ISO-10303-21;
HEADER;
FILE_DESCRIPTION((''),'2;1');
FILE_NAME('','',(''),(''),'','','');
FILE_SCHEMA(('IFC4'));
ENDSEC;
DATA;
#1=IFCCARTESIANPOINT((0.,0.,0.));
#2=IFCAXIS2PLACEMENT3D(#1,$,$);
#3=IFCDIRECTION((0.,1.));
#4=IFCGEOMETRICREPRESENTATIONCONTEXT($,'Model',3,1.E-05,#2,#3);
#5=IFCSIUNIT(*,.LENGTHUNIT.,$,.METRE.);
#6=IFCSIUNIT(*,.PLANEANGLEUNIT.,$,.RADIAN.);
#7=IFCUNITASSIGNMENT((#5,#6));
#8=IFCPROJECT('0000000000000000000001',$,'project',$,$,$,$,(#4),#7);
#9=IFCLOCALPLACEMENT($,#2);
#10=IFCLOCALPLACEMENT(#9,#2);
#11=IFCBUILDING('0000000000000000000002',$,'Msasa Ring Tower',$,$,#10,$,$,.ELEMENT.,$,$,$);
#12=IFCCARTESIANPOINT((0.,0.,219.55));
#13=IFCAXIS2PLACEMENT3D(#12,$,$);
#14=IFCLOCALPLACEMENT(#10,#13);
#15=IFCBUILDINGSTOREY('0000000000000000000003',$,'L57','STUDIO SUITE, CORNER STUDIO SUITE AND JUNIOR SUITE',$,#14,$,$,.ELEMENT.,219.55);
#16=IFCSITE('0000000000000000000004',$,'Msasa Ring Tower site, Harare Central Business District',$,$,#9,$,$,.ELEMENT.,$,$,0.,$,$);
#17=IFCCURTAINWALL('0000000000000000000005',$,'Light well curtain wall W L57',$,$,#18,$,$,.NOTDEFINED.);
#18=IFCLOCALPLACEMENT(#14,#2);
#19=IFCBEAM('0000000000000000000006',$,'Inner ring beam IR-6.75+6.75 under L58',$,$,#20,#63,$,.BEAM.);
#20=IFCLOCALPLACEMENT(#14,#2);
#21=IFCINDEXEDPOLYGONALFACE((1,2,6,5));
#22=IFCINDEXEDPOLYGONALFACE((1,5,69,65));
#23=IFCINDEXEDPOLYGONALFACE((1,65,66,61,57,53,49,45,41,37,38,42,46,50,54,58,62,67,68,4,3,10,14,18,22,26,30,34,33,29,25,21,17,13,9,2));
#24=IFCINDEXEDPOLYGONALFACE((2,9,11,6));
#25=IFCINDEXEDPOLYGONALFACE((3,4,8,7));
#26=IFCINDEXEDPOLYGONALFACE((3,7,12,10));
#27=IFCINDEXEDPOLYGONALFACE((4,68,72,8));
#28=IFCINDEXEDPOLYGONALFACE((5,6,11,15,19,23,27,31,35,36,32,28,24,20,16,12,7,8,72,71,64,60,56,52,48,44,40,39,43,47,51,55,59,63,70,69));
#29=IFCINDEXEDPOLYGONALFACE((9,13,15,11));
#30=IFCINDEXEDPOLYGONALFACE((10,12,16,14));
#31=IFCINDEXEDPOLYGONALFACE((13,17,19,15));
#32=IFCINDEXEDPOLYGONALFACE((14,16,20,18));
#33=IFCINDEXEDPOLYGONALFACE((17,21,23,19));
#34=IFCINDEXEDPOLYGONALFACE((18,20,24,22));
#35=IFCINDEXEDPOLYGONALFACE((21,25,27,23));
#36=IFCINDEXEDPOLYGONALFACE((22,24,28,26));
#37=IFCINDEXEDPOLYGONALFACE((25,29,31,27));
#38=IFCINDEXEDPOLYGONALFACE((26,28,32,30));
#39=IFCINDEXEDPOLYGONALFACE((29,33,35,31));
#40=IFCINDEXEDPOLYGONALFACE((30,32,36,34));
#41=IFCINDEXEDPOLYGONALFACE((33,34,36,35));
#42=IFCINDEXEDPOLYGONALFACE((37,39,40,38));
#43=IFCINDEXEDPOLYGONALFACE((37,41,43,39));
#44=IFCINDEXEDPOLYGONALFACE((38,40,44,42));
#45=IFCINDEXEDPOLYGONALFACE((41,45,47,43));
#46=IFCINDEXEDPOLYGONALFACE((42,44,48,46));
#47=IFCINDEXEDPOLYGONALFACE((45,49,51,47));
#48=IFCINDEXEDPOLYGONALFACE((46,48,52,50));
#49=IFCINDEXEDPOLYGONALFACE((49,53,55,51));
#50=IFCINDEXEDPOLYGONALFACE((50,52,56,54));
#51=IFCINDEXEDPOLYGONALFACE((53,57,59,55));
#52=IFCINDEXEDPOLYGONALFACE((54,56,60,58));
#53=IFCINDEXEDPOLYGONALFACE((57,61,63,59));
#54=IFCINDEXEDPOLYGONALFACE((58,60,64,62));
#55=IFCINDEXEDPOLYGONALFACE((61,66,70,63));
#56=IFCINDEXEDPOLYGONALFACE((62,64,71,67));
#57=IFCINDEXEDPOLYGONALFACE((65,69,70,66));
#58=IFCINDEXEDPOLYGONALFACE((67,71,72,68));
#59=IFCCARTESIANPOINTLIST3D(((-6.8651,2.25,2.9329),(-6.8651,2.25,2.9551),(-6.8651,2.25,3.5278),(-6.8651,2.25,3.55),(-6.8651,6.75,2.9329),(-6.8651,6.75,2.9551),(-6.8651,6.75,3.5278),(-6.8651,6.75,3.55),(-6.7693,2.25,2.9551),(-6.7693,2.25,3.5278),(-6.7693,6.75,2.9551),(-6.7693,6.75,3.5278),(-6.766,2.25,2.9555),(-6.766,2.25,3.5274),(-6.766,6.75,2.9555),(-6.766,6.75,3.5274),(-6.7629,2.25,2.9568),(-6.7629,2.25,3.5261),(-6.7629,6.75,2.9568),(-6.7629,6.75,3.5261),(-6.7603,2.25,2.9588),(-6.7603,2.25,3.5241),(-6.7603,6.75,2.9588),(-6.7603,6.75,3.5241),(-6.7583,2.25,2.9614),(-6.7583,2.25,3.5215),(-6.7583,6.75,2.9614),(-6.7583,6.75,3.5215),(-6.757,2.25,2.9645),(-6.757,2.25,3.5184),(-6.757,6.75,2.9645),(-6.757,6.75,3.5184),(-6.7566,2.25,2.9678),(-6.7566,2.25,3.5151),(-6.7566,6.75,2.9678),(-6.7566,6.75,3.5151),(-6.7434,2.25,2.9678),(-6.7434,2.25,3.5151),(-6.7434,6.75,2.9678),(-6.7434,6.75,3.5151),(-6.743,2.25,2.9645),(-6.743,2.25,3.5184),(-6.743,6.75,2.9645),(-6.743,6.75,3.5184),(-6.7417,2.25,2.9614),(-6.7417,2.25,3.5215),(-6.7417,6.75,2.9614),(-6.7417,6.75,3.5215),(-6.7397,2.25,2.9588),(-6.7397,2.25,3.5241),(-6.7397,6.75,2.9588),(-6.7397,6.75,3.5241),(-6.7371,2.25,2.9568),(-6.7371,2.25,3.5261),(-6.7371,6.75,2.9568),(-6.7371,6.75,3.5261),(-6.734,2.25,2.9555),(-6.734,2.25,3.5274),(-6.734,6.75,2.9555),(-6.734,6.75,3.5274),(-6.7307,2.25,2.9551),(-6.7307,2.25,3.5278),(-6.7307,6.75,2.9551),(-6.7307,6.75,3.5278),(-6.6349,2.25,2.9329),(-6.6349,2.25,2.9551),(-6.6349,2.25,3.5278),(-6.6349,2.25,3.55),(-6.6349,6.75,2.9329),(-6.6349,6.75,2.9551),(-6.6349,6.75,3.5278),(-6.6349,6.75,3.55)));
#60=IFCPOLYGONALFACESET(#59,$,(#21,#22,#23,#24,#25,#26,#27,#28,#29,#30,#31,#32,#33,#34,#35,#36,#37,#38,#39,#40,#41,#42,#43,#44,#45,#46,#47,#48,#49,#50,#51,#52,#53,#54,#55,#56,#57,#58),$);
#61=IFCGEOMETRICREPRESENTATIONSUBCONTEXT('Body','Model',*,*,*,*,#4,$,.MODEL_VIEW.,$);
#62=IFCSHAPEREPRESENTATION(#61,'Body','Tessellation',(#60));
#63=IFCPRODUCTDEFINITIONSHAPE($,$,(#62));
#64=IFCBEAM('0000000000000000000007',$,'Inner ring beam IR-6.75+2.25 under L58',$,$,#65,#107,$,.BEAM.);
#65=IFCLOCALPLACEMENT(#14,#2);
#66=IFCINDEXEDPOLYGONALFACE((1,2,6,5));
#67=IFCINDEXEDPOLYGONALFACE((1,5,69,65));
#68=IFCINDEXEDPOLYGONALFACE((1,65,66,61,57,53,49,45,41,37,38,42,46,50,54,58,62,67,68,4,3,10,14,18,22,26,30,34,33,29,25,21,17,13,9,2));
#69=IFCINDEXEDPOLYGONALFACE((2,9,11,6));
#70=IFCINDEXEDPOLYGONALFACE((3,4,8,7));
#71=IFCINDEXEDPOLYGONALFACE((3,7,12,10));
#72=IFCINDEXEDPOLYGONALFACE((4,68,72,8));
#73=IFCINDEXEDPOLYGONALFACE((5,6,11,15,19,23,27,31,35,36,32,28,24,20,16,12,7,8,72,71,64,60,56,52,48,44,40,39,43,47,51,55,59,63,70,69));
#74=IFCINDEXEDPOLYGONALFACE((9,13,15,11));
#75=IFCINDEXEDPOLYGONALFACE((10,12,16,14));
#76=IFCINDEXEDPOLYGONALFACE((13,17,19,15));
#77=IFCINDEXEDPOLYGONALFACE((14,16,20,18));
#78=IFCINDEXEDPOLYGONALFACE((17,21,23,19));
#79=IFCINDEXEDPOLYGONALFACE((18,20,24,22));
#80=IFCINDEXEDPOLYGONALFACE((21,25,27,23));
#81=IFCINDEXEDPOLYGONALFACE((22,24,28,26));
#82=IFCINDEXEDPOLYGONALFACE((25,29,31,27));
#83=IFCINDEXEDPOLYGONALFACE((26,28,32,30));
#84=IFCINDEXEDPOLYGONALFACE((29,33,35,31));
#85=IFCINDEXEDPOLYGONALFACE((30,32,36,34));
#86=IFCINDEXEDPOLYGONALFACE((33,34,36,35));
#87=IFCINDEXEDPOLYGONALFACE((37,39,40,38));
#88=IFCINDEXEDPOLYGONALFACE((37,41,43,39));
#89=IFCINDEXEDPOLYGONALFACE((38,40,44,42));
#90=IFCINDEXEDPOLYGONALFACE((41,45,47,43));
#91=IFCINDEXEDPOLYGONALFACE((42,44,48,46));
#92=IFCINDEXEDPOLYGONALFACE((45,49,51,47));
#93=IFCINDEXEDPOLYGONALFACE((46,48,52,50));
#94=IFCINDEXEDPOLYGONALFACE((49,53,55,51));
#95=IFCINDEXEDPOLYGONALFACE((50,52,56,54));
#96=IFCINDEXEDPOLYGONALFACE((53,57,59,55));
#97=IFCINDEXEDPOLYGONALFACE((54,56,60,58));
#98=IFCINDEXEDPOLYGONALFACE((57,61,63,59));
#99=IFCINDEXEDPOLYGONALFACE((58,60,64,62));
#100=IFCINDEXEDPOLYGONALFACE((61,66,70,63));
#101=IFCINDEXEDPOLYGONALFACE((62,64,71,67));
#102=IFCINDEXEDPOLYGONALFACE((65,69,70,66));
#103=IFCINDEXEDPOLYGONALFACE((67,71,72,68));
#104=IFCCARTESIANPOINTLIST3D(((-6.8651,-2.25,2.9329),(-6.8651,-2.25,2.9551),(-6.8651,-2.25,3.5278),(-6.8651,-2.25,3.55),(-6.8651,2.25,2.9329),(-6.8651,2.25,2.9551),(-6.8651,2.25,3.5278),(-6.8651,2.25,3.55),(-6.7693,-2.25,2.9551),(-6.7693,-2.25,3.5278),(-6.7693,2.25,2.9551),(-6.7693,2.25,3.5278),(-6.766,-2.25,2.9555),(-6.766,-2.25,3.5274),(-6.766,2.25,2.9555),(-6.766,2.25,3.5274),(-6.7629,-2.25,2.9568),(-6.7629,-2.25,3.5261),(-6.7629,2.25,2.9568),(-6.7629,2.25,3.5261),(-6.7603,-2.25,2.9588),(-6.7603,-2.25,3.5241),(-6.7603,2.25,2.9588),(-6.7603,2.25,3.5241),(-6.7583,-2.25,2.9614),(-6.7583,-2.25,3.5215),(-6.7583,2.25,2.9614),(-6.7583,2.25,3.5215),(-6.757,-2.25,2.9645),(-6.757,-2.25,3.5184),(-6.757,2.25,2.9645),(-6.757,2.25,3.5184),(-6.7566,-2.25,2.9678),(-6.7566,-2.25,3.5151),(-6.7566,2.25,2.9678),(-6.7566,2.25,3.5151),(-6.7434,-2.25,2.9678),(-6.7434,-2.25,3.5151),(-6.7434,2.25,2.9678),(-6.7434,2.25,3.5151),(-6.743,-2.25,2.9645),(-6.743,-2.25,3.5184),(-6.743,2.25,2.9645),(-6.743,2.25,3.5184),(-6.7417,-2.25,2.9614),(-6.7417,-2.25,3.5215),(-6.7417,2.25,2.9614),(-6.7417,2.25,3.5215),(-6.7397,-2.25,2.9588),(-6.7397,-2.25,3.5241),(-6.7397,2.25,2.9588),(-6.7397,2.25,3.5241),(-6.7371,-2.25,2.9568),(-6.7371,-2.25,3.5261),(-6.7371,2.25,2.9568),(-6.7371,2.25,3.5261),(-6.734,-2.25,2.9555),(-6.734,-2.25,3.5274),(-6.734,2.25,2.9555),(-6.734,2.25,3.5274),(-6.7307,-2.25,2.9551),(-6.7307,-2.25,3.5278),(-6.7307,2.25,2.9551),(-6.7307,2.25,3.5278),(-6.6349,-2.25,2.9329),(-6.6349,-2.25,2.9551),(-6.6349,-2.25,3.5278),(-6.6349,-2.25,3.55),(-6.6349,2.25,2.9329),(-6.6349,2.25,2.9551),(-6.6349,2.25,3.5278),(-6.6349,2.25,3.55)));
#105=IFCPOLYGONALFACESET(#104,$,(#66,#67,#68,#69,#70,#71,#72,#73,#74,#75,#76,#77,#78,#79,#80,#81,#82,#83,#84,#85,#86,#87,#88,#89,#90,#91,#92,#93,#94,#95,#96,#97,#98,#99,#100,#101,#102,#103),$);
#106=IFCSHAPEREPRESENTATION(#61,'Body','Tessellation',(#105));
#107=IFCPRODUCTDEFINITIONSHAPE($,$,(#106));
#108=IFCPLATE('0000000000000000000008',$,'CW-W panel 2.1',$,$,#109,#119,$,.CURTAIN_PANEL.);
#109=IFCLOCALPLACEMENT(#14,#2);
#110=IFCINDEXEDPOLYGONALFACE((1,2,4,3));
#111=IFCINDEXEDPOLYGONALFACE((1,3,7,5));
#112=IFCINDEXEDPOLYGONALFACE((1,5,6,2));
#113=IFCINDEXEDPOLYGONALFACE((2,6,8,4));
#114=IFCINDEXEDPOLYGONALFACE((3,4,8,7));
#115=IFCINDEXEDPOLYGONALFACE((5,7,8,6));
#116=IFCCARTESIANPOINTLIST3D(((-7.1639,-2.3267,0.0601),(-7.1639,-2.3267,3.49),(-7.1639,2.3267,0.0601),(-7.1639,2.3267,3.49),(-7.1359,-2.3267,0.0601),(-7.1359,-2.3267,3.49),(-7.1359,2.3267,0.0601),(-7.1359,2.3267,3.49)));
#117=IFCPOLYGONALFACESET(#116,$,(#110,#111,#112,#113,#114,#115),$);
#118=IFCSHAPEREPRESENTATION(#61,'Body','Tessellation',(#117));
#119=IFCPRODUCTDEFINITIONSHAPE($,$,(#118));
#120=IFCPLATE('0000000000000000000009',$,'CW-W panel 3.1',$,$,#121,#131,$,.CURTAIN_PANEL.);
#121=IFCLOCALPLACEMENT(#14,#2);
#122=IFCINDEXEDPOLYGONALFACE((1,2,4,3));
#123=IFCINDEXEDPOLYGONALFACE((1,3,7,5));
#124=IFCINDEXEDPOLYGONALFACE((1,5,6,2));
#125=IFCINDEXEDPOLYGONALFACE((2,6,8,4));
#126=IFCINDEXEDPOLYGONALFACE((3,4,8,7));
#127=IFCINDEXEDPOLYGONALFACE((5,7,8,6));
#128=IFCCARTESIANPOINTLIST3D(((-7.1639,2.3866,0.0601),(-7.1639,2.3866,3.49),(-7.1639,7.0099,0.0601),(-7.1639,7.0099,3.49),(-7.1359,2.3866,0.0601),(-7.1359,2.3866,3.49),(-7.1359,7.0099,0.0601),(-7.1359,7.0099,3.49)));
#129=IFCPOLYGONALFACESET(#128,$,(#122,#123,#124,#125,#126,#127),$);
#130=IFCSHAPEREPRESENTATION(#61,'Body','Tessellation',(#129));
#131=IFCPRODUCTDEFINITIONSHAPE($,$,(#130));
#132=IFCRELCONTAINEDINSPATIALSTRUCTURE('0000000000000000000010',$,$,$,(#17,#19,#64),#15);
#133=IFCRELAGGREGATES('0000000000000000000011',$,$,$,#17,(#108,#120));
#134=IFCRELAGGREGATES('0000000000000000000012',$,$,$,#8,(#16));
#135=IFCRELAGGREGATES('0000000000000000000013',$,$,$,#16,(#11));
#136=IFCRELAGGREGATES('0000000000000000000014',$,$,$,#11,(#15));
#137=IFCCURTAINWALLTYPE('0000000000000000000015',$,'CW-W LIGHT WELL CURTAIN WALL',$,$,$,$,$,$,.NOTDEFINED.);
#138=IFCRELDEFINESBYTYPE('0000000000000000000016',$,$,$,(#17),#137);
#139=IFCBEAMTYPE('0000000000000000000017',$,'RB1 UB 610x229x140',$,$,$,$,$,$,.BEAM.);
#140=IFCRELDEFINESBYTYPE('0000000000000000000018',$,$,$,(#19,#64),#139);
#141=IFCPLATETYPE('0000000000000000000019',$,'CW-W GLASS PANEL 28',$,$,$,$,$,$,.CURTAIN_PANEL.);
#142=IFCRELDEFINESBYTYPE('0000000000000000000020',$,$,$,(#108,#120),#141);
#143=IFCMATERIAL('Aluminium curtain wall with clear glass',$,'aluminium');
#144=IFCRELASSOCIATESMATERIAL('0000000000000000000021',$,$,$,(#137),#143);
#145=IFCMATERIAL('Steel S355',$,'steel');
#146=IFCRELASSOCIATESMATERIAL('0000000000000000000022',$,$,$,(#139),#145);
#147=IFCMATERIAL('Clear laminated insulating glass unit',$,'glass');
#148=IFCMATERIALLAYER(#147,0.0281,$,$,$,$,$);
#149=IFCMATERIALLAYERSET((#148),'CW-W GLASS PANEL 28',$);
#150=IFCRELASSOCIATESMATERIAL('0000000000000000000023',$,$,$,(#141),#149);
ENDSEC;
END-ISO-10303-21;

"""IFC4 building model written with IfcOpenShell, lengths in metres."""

from ifc_helpers import new_model, si_unit, direction, frame, origin, origin_2d, place, context, subcontext, project, spatial, rectangle, i_section, extrude, material, layer, layer_set, material_profile, profile_set, type_object, element, aggregate, save


model = new_model("IFC4")

# Units and contexts
model_context = context("Model", 3, precision=1e-05, world=origin(), true_north=direction((0.0, 1.0)))
body_context = subcontext(model_context, "Body", "Model", "MODEL_VIEW")
ifc_project = project(units=[si_unit("LENGTHUNIT", "METRE"), si_unit("PLANEANGLEUNIT", "RADIAN")], contexts=[model_context])

# Site, building, storey
site_placement = place(None, origin())
site = spatial("IfcSite", under=ifc_project, at=site_placement, Name="Msasa Ring Tower site, Harare Central Business District", CompositionType="ELEMENT", RefElevation=0.0)
building_placement = place(site_placement, origin())
building = spatial("IfcBuilding", under=site, at=building_placement, Name="Msasa Ring Tower", CompositionType="ELEMENT")
storey_placement = place(building_placement, frame((0.0, 0.0, 219.55)))
storey = spatial("IfcBuildingStorey", under=building, at=storey_placement, Name="L57", Description="STUDIO SUITE, CORNER STUDIO SUITE AND JUNIOR SUITE", CompositionType="ELEMENT", Elevation=219.55)

# Curtain wall
ifc_material_1 = material(Name="Aluminium curtain wall with clear glass", Category="aluminium")
curtain_wall_type = type_object("IfcCurtainWallType", Name="CW-W LIGHT WELL CURTAIN WALL", PredefinedType="NOTDEFINED", material=ifc_material_1)
curtain_wall_placement = place(storey_placement, origin())
curtain_wall = element("IfcCurtainWall", 1, at=curtain_wall_placement, inside=storey, type_object=curtain_wall_type, Name="Light well curtain wall W L57", PredefinedType="NOTDEFINED")

# Beams
ifc_material_2 = material(Name="Steel S355", Category="steel")
ifc_material_profile_1 = material_profile(ifc_material_2, i_section(OverallWidth=0.2302, OverallDepth=0.6172, WebThickness=0.0132, FlangeThickness=0.0222, FilletRadius=0.0127, at=origin_2d()), Name="UB 610x229x140")
ifc_profile_set_1 = profile_set([ifc_material_profile_1], Name="Steel S355")
beam_type = type_object("IfcBeamType", Name="RB1 UB 610x229x140", PredefinedType="BEAM", material=ifc_profile_set_1)
for number, where, z_axis, x_axis, name in (
    (2, (-6.75, 6.75, 3.2415), (0.0, -1.0, 0.0), (1.0, 0.0, 0.0), "Inner ring beam IR-6.75+6.75 under L58"),
    (3, (-6.75, 2.25, 3.2415), (0.0, -1.0, 0.0), (1.0, 0.0, 0.0), "Inner ring beam IR-6.75+2.25 under L58"),
):
    element("IfcBeam", number, at=place(storey_placement, frame(where, z_axis=z_axis, x_axis=x_axis)), inside=storey, type_object=beam_type, Name=name, PredefinedType="BEAM", context=body_context, shape_type="SweptSolid", body=[
        extrude(i_section(OverallWidth=0.2302, OverallDepth=0.6172, WebThickness=0.0132, FlangeThickness=0.0222, FilletRadius=0.0127, at=origin_2d()), origin(), (0.0, 0.0, 1.0), 4.5),
    ])

# Plates
ifc_material_3 = material(Name="Clear laminated insulating glass unit", Category="glass")
ifc_layer_1 = layer(ifc_material_3, 0.0281)
ifc_layer_set_1 = layer_set([ifc_layer_1], Name="CW-W GLASS PANEL 28")
plate_type = type_object("IfcPlateType", Name="CW-W GLASS PANEL 28", PredefinedType="CURTAIN_PANEL", material=ifc_layer_set_1)
plate_1_placement = place(storey_placement, frame((-7.1499, 0.0, 0.0601), z_axis=(0.0, 0.0, 1.0), x_axis=(0.0, 1.0, 0.0)))
plate_1 = element("IfcPlate", 4, at=plate_1_placement, type_object=plate_type, Name="CW-W panel 2.1", PredefinedType="CURTAIN_PANEL", context=body_context, shape_type="SweptSolid", body=[
    extrude(rectangle(XDim=4.6533, YDim=0.0281, at=origin_2d()), origin(), (0.0, 0.0, 1.0), 3.4299),
])
plate_2_placement = place(storey_placement, frame((-7.1499, 4.6982, 0.0601), z_axis=(0.0, 0.0, 1.0), x_axis=(0.0, 1.0, 0.0)))
plate_2 = element("IfcPlate", 5, at=plate_2_placement, type_object=plate_type, Name="CW-W panel 3.1", PredefinedType="CURTAIN_PANEL", context=body_context, shape_type="SweptSolid", body=[
    extrude(rectangle(XDim=4.6233, YDim=0.0281, at=origin_2d()), origin(), (0.0, 0.0, 1.0), 3.4299),
])
aggregate(curtain_wall, [plate_1, plate_2])

save(model, "model.ifc")
